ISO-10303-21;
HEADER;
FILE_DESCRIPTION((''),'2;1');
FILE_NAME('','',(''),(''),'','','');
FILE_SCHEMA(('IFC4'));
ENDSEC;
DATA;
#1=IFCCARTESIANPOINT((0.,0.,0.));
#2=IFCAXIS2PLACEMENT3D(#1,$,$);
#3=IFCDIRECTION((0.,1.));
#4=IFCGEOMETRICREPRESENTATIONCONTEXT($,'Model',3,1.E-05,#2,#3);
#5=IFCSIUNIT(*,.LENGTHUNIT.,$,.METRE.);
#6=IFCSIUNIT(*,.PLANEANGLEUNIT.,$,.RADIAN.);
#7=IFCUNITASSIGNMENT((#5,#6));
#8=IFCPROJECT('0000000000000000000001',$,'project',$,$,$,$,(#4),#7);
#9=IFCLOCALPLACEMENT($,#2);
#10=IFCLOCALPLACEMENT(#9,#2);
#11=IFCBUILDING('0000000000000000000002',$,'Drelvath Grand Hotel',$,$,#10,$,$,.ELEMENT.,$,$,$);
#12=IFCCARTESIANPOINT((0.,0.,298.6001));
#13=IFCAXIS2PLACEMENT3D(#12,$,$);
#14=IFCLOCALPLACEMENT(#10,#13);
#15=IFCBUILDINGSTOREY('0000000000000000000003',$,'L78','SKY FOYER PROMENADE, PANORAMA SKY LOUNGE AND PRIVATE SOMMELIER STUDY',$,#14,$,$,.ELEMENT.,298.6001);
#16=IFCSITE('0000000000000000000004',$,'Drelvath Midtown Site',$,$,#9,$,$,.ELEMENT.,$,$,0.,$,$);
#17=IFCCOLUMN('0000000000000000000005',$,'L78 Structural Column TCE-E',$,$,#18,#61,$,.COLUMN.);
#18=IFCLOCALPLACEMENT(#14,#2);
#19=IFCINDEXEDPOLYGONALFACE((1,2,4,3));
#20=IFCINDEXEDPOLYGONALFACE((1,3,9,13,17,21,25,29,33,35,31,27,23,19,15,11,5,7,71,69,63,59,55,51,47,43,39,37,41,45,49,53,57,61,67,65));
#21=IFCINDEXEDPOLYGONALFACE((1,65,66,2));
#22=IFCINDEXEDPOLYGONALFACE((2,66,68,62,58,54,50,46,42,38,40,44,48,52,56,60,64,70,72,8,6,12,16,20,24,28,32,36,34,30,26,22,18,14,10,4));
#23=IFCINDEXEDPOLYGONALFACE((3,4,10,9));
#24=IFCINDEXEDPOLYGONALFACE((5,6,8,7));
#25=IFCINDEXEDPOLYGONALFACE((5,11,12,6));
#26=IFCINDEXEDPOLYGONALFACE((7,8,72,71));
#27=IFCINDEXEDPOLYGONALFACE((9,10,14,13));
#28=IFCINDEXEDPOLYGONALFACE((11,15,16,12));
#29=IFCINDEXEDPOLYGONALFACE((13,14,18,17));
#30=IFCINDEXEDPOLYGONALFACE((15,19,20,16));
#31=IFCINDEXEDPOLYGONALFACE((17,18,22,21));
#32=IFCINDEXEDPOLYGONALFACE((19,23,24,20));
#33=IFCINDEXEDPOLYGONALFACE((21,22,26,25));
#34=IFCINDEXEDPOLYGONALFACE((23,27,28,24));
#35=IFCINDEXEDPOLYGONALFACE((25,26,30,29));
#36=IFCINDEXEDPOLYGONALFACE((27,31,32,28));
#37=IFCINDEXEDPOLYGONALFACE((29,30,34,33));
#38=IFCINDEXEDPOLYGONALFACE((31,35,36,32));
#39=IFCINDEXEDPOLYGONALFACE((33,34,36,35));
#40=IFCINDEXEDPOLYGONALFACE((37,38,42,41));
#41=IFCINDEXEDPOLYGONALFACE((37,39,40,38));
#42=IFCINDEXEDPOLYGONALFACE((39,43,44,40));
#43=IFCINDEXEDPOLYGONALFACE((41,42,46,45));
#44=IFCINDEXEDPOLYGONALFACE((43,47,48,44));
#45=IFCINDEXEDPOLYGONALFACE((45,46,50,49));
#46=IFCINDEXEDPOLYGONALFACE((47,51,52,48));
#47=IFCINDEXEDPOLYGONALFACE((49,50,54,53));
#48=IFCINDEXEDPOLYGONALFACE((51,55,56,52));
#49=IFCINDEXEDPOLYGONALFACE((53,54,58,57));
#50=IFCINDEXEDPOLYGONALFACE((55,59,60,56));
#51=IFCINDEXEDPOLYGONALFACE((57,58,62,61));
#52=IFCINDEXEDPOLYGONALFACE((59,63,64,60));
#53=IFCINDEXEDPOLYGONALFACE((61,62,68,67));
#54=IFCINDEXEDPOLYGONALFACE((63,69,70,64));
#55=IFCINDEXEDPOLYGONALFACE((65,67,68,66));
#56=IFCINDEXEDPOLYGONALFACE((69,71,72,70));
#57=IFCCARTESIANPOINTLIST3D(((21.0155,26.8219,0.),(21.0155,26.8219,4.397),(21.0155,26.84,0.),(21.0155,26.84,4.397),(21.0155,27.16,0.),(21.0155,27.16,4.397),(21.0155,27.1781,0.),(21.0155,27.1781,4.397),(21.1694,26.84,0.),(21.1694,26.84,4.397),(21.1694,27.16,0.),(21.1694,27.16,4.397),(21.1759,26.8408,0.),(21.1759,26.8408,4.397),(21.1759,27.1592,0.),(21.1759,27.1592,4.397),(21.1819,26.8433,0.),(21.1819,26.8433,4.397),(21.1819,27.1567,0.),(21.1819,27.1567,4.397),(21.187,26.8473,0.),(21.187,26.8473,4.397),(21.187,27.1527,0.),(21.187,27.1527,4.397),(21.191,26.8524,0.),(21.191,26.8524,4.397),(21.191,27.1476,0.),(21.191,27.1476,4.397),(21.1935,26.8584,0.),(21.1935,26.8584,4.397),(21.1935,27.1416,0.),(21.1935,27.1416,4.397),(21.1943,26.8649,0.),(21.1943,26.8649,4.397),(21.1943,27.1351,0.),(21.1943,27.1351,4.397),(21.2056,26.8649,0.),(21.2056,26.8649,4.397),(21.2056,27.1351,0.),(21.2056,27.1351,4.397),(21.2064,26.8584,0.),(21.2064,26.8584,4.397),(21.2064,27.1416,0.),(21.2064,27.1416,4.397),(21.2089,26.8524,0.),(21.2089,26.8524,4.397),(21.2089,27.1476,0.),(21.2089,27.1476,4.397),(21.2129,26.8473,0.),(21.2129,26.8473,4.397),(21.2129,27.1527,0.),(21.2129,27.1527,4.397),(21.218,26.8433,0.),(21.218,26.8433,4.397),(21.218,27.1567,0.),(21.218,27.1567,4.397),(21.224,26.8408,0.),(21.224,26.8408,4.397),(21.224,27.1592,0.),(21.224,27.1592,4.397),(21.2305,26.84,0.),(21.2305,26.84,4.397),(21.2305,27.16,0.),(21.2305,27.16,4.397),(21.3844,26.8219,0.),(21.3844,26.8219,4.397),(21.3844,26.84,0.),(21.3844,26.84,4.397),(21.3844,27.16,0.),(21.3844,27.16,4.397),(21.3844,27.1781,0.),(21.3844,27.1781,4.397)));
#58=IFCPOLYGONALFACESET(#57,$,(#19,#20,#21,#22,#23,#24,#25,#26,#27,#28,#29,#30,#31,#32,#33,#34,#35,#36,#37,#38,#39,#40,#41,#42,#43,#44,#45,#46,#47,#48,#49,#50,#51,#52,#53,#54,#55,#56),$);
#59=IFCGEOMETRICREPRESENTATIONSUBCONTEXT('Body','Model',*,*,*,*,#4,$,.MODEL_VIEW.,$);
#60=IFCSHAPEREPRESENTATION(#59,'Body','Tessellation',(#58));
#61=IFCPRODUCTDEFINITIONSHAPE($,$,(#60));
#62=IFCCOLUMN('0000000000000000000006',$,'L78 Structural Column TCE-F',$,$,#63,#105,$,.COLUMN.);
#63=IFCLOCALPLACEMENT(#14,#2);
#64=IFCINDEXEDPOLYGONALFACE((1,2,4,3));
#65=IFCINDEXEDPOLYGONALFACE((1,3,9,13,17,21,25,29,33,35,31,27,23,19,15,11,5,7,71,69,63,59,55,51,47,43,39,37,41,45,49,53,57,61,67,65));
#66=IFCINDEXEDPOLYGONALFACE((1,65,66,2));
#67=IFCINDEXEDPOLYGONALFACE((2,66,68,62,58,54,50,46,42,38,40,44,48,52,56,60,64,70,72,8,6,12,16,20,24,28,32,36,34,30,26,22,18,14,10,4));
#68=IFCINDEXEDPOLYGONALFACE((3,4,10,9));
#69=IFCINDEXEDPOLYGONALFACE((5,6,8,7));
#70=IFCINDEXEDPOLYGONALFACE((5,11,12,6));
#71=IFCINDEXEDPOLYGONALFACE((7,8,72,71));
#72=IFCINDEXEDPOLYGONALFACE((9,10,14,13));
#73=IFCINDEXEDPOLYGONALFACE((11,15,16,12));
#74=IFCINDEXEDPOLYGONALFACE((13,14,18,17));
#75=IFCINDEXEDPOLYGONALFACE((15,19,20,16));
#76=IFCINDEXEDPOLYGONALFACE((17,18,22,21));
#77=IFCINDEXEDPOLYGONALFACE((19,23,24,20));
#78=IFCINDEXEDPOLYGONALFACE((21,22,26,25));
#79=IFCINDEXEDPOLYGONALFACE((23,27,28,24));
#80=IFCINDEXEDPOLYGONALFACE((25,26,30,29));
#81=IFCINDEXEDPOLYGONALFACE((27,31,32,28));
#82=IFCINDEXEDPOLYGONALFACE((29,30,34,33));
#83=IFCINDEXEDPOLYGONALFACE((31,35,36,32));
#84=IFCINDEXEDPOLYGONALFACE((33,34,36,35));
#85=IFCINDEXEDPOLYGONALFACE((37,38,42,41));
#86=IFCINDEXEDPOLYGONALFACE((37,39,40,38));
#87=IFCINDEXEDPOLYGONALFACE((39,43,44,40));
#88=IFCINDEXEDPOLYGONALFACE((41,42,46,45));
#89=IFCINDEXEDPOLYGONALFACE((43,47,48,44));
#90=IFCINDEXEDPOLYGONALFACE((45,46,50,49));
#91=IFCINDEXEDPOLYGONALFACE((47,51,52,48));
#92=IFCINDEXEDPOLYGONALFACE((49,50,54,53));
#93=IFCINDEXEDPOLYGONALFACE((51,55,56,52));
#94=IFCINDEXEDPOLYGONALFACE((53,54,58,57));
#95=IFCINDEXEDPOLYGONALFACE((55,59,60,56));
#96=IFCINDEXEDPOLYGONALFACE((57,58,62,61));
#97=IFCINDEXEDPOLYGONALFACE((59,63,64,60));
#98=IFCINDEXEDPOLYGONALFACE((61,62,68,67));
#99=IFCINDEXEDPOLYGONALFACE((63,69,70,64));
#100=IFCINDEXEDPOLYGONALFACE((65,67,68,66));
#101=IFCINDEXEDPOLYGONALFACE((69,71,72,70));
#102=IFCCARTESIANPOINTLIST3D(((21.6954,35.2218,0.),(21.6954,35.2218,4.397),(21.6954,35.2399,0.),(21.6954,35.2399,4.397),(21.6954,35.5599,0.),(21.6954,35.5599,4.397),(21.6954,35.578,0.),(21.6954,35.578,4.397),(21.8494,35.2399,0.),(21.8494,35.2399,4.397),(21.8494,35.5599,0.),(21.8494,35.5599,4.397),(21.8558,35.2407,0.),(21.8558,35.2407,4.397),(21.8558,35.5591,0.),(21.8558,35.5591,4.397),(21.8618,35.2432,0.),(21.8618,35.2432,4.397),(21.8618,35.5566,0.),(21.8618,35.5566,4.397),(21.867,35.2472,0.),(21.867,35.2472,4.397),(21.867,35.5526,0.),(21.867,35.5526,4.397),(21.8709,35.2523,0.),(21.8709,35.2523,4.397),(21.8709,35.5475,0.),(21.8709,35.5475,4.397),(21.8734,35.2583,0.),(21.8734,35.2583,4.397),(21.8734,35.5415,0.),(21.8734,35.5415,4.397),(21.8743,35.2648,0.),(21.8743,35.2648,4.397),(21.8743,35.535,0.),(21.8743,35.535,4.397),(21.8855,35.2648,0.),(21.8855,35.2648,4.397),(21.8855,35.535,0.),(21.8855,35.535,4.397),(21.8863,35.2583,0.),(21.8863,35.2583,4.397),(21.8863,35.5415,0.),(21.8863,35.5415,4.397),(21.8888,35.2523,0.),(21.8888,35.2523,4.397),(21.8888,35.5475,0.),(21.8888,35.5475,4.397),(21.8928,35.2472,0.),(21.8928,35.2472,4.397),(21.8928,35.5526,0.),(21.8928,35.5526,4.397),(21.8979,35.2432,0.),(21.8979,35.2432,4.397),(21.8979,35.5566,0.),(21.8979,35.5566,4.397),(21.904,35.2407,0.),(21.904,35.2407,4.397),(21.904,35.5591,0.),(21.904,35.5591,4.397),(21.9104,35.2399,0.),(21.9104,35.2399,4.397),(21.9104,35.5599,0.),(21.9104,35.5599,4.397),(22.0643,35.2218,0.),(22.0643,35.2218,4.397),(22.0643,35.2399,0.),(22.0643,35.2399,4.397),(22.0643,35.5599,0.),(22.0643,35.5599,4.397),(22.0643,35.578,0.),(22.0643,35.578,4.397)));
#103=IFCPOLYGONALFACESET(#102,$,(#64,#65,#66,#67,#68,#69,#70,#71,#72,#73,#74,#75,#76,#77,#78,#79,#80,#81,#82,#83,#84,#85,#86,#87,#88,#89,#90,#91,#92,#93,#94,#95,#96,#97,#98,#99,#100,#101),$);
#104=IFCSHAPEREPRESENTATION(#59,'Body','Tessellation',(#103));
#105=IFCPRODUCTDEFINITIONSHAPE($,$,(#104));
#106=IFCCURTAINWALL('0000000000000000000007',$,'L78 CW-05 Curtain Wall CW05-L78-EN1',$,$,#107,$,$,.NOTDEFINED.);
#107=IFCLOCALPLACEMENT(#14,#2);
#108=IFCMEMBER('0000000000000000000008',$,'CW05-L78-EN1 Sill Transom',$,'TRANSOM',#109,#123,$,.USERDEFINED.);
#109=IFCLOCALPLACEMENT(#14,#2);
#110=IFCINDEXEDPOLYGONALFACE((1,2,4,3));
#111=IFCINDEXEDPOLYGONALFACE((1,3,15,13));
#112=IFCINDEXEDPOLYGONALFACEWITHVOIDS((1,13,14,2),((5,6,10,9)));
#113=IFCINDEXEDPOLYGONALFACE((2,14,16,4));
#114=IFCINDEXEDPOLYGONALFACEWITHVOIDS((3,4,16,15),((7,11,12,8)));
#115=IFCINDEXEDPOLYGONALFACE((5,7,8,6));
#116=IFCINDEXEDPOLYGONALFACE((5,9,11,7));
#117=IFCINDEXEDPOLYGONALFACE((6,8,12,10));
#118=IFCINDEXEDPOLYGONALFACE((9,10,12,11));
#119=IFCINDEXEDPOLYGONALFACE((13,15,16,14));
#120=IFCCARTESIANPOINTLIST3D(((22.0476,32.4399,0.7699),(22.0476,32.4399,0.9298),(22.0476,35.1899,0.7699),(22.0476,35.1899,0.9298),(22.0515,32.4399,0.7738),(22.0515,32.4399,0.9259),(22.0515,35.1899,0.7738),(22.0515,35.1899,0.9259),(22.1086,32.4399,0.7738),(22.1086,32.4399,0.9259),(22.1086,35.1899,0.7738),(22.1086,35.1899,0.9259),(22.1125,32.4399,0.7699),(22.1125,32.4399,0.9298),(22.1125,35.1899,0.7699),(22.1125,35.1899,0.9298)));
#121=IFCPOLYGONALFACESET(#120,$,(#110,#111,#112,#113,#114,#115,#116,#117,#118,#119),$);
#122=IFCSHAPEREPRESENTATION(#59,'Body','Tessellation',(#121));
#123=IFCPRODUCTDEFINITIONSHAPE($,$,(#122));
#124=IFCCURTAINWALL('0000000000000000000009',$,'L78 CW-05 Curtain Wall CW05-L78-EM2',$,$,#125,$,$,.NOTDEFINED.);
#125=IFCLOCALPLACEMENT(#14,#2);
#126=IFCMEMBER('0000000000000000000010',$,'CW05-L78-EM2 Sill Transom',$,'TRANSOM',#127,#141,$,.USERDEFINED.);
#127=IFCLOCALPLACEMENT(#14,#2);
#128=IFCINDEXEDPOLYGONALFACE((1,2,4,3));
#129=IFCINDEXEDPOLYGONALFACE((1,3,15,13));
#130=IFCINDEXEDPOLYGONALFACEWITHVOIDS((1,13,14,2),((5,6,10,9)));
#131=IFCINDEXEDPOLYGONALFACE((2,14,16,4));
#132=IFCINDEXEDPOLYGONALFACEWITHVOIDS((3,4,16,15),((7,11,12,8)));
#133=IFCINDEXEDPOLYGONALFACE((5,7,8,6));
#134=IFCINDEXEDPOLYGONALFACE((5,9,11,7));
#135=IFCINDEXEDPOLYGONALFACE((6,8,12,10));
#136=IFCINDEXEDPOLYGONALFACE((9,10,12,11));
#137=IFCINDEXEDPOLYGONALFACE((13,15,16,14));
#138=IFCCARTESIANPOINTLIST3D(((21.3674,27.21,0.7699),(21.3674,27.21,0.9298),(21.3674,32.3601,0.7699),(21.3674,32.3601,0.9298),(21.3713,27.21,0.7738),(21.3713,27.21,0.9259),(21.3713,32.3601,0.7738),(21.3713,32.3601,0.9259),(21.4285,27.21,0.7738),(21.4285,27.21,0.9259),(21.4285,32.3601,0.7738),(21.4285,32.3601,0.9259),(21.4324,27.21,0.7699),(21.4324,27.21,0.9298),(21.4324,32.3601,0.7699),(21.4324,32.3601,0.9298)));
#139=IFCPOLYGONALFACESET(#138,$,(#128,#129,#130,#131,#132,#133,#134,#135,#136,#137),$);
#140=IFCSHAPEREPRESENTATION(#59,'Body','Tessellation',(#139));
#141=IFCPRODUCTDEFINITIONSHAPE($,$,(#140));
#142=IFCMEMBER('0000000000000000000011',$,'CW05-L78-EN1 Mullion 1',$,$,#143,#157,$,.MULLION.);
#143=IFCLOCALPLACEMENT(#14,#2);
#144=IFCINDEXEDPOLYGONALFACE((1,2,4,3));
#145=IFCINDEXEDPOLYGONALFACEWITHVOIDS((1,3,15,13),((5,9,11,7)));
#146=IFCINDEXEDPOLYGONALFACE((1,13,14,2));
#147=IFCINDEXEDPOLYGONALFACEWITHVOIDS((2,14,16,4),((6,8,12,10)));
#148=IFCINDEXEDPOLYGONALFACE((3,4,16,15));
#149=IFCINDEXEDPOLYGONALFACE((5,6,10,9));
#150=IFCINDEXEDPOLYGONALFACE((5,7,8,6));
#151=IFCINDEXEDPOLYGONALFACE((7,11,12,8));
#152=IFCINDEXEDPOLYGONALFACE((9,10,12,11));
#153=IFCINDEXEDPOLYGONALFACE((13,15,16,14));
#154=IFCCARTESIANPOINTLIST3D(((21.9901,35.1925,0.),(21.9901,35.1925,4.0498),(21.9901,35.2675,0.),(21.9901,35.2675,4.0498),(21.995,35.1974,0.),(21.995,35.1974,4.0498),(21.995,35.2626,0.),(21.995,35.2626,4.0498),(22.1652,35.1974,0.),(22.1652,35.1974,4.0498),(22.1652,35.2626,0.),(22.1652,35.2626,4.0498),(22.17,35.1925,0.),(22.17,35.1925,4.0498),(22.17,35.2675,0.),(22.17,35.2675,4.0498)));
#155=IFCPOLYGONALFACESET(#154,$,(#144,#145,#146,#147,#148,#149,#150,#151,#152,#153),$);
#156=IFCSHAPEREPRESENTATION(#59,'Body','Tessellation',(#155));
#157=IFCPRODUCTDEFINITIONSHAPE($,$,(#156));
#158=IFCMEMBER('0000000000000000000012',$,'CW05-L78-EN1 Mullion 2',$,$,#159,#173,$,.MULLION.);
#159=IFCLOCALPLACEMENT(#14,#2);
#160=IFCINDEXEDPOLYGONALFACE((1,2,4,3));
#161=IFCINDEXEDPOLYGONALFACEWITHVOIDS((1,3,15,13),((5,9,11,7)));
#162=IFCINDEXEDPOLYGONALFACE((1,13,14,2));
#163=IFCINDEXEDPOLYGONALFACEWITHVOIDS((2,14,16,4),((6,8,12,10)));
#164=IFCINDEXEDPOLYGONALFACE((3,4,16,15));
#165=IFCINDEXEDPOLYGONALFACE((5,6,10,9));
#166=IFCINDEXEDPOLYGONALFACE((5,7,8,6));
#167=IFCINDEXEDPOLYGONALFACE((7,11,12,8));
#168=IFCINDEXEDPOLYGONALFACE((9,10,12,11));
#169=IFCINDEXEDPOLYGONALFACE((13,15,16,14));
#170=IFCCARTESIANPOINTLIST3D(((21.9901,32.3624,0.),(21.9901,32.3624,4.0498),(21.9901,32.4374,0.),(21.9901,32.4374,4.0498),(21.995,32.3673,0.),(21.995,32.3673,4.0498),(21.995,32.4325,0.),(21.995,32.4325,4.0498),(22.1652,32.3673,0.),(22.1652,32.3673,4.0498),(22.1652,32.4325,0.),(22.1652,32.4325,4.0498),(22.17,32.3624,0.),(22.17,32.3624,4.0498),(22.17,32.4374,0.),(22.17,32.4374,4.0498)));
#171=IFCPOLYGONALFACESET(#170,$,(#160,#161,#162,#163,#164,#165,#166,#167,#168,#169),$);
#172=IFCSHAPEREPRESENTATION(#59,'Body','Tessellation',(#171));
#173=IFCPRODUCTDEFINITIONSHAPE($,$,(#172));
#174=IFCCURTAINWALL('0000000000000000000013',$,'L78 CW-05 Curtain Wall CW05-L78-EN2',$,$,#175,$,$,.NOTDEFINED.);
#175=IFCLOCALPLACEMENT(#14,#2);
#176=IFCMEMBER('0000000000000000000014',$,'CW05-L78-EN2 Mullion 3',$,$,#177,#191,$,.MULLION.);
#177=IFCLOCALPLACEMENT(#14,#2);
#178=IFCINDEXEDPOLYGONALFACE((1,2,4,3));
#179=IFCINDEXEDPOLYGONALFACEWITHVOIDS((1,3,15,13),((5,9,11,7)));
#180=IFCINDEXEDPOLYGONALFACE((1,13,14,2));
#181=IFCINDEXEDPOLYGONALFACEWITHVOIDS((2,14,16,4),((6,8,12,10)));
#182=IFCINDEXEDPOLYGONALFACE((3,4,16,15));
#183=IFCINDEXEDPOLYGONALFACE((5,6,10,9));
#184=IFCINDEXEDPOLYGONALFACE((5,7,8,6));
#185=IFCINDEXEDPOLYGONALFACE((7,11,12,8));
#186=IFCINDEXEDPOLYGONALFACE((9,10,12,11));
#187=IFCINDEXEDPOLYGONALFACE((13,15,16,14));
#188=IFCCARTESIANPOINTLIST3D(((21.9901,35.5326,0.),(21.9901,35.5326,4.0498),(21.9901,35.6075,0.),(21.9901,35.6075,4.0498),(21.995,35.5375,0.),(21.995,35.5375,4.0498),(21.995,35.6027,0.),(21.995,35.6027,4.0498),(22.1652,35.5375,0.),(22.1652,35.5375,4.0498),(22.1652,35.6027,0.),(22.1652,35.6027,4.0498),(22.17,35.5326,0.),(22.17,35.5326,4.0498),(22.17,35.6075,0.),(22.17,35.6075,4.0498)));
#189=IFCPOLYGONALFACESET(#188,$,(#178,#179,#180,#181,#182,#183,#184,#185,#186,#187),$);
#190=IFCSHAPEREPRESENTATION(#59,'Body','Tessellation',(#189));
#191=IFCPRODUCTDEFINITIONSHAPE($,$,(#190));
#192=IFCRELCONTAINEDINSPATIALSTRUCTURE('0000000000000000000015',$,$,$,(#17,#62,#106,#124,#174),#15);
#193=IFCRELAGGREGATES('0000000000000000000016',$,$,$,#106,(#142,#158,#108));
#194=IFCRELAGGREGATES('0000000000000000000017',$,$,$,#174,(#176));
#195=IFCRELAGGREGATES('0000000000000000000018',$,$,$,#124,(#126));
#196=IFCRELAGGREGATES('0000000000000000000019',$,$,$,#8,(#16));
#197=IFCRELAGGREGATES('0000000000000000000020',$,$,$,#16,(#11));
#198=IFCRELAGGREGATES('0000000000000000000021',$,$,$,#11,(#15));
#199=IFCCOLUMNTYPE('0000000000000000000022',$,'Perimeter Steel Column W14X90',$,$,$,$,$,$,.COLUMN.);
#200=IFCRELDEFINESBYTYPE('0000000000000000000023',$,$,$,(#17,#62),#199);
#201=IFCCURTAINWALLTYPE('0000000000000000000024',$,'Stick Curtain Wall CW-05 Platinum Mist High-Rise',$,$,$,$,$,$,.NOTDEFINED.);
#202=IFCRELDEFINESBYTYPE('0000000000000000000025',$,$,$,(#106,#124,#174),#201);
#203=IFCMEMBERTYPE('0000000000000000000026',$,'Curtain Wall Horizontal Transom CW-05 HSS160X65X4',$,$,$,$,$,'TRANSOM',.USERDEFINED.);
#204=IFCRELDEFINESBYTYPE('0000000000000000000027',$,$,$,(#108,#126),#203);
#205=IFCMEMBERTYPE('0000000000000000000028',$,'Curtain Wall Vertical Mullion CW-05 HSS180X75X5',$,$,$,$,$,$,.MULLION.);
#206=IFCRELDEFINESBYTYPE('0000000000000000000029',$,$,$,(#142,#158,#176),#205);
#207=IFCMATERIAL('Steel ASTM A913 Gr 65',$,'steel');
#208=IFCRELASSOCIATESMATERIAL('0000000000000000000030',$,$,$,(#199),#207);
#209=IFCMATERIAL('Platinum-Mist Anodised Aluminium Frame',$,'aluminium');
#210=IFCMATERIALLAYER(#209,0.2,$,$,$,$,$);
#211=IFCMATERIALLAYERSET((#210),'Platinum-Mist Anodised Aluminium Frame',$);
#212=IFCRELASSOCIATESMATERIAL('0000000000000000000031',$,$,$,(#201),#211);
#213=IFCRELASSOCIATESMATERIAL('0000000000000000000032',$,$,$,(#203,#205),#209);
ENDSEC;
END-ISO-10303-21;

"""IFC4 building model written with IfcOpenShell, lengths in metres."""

from ifc_helpers import new_model, si_unit, direction, frame, origin, origin_2d, place, context, subcontext, project, spatial, hollow_rectangle, i_section, extrude, material, layer, layer_set, material_profile, profile_set, type_object, element, aggregate, save


model = new_model("IFC4")

# Units and contexts
model_context = context("Model", 3, precision=1e-05, world=origin(), true_north=direction((0.0, 1.0)))
body_context = subcontext(model_context, "Body", "Model", "MODEL_VIEW")
ifc_project = project(units=[si_unit("LENGTHUNIT", "METRE"), si_unit("PLANEANGLEUNIT", "RADIAN")], contexts=[model_context])

# Site, building, storey
site_placement = place(None, origin())
site = spatial("IfcSite", under=ifc_project, at=site_placement, Name="Drelvath Midtown Site", CompositionType="ELEMENT", RefElevation=0.0)
building_placement = place(site_placement, origin())
building = spatial("IfcBuilding", under=site, at=building_placement, Name="Drelvath Grand Hotel", CompositionType="ELEMENT")
storey_placement = place(building_placement, frame((0.0, 0.0, 298.6001)))
storey = spatial("IfcBuildingStorey", under=building, at=storey_placement, Name="L78", Description="SKY FOYER PROMENADE, PANORAMA SKY LOUNGE AND PRIVATE SOMMELIER STUDY", CompositionType="ELEMENT", Elevation=298.6001)

# Columns
ifc_material_1 = material(Name="Steel ASTM A913 Gr 65", Category="steel")
ifc_material_profile_1 = material_profile(ifc_material_1, i_section(OverallWidth=0.3689, OverallDepth=0.3562, WebThickness=0.0112, FlangeThickness=0.0181, FilletRadius=0.0249, at=origin_2d()), Name="W14X90")
ifc_profile_set_1 = profile_set([ifc_material_profile_1], Name="Steel ASTM A913 Gr 65")
column_type = type_object("IfcColumnType", Name="Perimeter Steel Column W14X90", PredefinedType="COLUMN", material=ifc_profile_set_1)
for number, where, z_axis, x_axis, name in (
    (1, (21.2, 27.0, 0.0), (0.0, 0.0, 1.0), (1.0, 0.0, 0.0), "L78 Structural Column TCE-E"),
    (2, (21.8799, 35.3999, 0.0), (0.0, 0.0, 1.0), (1.0, 0.0, 0.0), "L78 Structural Column TCE-F"),
):
    element("IfcColumn", number, at=place(storey_placement, frame(where, z_axis=z_axis, x_axis=x_axis)), inside=storey, type_object=column_type, Name=name, PredefinedType="COLUMN", context=body_context, shape_type="SweptSolid", body=[
        extrude(i_section(OverallWidth=0.3689, OverallDepth=0.3562, WebThickness=0.0112, FlangeThickness=0.0181, FilletRadius=0.0249, at=origin_2d()), origin(), (0.0, 0.0, 1.0), 4.397),
    ])

# Curtain walls, members
ifc_material_2 = material(Name="Platinum-Mist Anodised Aluminium Frame", Category="aluminium")
ifc_layer_1 = layer(ifc_material_2, 0.2)
ifc_layer_set_1 = layer_set([ifc_layer_1], Name="Platinum-Mist Anodised Aluminium Frame")
curtain_wall_type = type_object("IfcCurtainWallType", Name="Stick Curtain Wall CW-05 Platinum Mist High-Rise", PredefinedType="NOTDEFINED", material=ifc_layer_set_1)
curtain_wall_1_placement = place(storey_placement, origin())
curtain_wall_1 = element("IfcCurtainWall", 3, at=curtain_wall_1_placement, inside=storey, type_object=curtain_wall_type, Name="L78 CW-05 Curtain Wall CW05-L78-EN1", PredefinedType="NOTDEFINED")
ifc_material_profile_2 = material_profile(ifc_material_2, hollow_rectangle(XDim=0.0649, YDim=0.1599, WallThickness=0.0039, at=origin_2d()), Name="HSS160X65X4")
ifc_profile_set_2 = profile_set([ifc_material_profile_2], Name="Platinum-Mist Anodised Aluminium Frame")
member_type_1 = type_object("IfcMemberType", Name="Curtain Wall Horizontal Transom CW-05 HSS160X65X4", ElementType="TRANSOM", PredefinedType="USERDEFINED", material=ifc_profile_set_2)
member_1_placement = place(storey_placement, frame((22.0801, 35.1899, 0.8499), z_axis=(0.0, -1.0, 0.0), x_axis=(1.0, 0.0, 0.0)))
member_1 = element("IfcMember", 4, at=member_1_placement, type_object=member_type_1, Name="CW05-L78-EN1 Sill Transom", ObjectType="TRANSOM", PredefinedType="USERDEFINED", context=body_context, shape_type="SweptSolid", body=[
    extrude(hollow_rectangle(XDim=0.0649, YDim=0.1599, WallThickness=0.0039, at=origin_2d()), origin(), (0.0, 0.0, 1.0), 2.75),
])
curtain_wall_2_placement = place(storey_placement, origin())
curtain_wall_2 = element("IfcCurtainWall", 5, at=curtain_wall_2_placement, inside=storey, type_object=curtain_wall_type, Name="L78 CW-05 Curtain Wall CW05-L78-EM2", PredefinedType="NOTDEFINED")
member_2_placement = place(storey_placement, frame((21.3999, 32.3601, 0.8499), z_axis=(0.0, -1.0, 0.0), x_axis=(1.0, 0.0, 0.0)))
member_2 = element("IfcMember", 6, at=member_2_placement, type_object=member_type_1, Name="CW05-L78-EM2 Sill Transom", ObjectType="TRANSOM", PredefinedType="USERDEFINED", context=body_context, shape_type="SweptSolid", body=[
    extrude(hollow_rectangle(XDim=0.0649, YDim=0.1599, WallThickness=0.0039, at=origin_2d()), origin(), (0.0, 0.0, 1.0), 5.1501),
])

# Members
ifc_material_profile_3 = material_profile(ifc_material_2, hollow_rectangle(XDim=0.075, YDim=0.1799, WallThickness=0.0049, at=origin_2d()), Name="HSS180X75X5")
ifc_profile_set_3 = profile_set([ifc_material_profile_3], Name="Platinum-Mist Anodised Aluminium Frame")
member_type_2 = type_object("IfcMemberType", Name="Curtain Wall Vertical Mullion CW-05 HSS180X75X5", PredefinedType="MULLION", material=ifc_profile_set_3)
member_3_placement = place(storey_placement, frame((22.0801, 35.23, 0.0), z_axis=(0.0, 0.0, 1.0), x_axis=(0.0, 1.0, 0.0)))
member_3 = element("IfcMember", 7, at=member_3_placement, type_object=member_type_2, Name="CW05-L78-EN1 Mullion 1", PredefinedType="MULLION", context=body_context, shape_type="SweptSolid", body=[
    extrude(hollow_rectangle(XDim=0.075, YDim=0.1799, WallThickness=0.0049, at=origin_2d()), origin(), (0.0, 0.0, 1.0), 4.0498),
])
member_4_placement = place(storey_placement, frame((22.0801, 32.3999, 0.0), z_axis=(0.0, 0.0, 1.0), x_axis=(0.0, 1.0, 0.0)))
member_4 = element("IfcMember", 8, at=member_4_placement, type_object=member_type_2, Name="CW05-L78-EN1 Mullion 2", PredefinedType="MULLION", context=body_context, shape_type="SweptSolid", body=[
    extrude(hollow_rectangle(XDim=0.075, YDim=0.1799, WallThickness=0.0049, at=origin_2d()), origin(), (0.0, 0.0, 1.0), 4.0498),
])

# Curtain wall, member
curtain_wall_3_placement = place(storey_placement, origin())
curtain_wall_3 = element("IfcCurtainWall", 9, at=curtain_wall_3_placement, inside=storey, type_object=curtain_wall_type, Name="L78 CW-05 Curtain Wall CW05-L78-EN2", PredefinedType="NOTDEFINED")
member_5_placement = place(storey_placement, frame((22.0801, 35.5701, 0.0), z_axis=(0.0, 0.0, 1.0), x_axis=(0.0, 1.0, 0.0)))
member_5 = element("IfcMember", 10, at=member_5_placement, type_object=member_type_2, Name="CW05-L78-EN2 Mullion 3", PredefinedType="MULLION", context=body_context, shape_type="SweptSolid", body=[
    extrude(hollow_rectangle(XDim=0.075, YDim=0.1799, WallThickness=0.0049, at=origin_2d()), origin(), (0.0, 0.0, 1.0), 4.0498),
])

aggregate(curtain_wall_1, [member_3, member_4, member_1])
aggregate(curtain_wall_3, [member_5])
aggregate(curtain_wall_2, [member_2])

save(model, "model.ifc")
